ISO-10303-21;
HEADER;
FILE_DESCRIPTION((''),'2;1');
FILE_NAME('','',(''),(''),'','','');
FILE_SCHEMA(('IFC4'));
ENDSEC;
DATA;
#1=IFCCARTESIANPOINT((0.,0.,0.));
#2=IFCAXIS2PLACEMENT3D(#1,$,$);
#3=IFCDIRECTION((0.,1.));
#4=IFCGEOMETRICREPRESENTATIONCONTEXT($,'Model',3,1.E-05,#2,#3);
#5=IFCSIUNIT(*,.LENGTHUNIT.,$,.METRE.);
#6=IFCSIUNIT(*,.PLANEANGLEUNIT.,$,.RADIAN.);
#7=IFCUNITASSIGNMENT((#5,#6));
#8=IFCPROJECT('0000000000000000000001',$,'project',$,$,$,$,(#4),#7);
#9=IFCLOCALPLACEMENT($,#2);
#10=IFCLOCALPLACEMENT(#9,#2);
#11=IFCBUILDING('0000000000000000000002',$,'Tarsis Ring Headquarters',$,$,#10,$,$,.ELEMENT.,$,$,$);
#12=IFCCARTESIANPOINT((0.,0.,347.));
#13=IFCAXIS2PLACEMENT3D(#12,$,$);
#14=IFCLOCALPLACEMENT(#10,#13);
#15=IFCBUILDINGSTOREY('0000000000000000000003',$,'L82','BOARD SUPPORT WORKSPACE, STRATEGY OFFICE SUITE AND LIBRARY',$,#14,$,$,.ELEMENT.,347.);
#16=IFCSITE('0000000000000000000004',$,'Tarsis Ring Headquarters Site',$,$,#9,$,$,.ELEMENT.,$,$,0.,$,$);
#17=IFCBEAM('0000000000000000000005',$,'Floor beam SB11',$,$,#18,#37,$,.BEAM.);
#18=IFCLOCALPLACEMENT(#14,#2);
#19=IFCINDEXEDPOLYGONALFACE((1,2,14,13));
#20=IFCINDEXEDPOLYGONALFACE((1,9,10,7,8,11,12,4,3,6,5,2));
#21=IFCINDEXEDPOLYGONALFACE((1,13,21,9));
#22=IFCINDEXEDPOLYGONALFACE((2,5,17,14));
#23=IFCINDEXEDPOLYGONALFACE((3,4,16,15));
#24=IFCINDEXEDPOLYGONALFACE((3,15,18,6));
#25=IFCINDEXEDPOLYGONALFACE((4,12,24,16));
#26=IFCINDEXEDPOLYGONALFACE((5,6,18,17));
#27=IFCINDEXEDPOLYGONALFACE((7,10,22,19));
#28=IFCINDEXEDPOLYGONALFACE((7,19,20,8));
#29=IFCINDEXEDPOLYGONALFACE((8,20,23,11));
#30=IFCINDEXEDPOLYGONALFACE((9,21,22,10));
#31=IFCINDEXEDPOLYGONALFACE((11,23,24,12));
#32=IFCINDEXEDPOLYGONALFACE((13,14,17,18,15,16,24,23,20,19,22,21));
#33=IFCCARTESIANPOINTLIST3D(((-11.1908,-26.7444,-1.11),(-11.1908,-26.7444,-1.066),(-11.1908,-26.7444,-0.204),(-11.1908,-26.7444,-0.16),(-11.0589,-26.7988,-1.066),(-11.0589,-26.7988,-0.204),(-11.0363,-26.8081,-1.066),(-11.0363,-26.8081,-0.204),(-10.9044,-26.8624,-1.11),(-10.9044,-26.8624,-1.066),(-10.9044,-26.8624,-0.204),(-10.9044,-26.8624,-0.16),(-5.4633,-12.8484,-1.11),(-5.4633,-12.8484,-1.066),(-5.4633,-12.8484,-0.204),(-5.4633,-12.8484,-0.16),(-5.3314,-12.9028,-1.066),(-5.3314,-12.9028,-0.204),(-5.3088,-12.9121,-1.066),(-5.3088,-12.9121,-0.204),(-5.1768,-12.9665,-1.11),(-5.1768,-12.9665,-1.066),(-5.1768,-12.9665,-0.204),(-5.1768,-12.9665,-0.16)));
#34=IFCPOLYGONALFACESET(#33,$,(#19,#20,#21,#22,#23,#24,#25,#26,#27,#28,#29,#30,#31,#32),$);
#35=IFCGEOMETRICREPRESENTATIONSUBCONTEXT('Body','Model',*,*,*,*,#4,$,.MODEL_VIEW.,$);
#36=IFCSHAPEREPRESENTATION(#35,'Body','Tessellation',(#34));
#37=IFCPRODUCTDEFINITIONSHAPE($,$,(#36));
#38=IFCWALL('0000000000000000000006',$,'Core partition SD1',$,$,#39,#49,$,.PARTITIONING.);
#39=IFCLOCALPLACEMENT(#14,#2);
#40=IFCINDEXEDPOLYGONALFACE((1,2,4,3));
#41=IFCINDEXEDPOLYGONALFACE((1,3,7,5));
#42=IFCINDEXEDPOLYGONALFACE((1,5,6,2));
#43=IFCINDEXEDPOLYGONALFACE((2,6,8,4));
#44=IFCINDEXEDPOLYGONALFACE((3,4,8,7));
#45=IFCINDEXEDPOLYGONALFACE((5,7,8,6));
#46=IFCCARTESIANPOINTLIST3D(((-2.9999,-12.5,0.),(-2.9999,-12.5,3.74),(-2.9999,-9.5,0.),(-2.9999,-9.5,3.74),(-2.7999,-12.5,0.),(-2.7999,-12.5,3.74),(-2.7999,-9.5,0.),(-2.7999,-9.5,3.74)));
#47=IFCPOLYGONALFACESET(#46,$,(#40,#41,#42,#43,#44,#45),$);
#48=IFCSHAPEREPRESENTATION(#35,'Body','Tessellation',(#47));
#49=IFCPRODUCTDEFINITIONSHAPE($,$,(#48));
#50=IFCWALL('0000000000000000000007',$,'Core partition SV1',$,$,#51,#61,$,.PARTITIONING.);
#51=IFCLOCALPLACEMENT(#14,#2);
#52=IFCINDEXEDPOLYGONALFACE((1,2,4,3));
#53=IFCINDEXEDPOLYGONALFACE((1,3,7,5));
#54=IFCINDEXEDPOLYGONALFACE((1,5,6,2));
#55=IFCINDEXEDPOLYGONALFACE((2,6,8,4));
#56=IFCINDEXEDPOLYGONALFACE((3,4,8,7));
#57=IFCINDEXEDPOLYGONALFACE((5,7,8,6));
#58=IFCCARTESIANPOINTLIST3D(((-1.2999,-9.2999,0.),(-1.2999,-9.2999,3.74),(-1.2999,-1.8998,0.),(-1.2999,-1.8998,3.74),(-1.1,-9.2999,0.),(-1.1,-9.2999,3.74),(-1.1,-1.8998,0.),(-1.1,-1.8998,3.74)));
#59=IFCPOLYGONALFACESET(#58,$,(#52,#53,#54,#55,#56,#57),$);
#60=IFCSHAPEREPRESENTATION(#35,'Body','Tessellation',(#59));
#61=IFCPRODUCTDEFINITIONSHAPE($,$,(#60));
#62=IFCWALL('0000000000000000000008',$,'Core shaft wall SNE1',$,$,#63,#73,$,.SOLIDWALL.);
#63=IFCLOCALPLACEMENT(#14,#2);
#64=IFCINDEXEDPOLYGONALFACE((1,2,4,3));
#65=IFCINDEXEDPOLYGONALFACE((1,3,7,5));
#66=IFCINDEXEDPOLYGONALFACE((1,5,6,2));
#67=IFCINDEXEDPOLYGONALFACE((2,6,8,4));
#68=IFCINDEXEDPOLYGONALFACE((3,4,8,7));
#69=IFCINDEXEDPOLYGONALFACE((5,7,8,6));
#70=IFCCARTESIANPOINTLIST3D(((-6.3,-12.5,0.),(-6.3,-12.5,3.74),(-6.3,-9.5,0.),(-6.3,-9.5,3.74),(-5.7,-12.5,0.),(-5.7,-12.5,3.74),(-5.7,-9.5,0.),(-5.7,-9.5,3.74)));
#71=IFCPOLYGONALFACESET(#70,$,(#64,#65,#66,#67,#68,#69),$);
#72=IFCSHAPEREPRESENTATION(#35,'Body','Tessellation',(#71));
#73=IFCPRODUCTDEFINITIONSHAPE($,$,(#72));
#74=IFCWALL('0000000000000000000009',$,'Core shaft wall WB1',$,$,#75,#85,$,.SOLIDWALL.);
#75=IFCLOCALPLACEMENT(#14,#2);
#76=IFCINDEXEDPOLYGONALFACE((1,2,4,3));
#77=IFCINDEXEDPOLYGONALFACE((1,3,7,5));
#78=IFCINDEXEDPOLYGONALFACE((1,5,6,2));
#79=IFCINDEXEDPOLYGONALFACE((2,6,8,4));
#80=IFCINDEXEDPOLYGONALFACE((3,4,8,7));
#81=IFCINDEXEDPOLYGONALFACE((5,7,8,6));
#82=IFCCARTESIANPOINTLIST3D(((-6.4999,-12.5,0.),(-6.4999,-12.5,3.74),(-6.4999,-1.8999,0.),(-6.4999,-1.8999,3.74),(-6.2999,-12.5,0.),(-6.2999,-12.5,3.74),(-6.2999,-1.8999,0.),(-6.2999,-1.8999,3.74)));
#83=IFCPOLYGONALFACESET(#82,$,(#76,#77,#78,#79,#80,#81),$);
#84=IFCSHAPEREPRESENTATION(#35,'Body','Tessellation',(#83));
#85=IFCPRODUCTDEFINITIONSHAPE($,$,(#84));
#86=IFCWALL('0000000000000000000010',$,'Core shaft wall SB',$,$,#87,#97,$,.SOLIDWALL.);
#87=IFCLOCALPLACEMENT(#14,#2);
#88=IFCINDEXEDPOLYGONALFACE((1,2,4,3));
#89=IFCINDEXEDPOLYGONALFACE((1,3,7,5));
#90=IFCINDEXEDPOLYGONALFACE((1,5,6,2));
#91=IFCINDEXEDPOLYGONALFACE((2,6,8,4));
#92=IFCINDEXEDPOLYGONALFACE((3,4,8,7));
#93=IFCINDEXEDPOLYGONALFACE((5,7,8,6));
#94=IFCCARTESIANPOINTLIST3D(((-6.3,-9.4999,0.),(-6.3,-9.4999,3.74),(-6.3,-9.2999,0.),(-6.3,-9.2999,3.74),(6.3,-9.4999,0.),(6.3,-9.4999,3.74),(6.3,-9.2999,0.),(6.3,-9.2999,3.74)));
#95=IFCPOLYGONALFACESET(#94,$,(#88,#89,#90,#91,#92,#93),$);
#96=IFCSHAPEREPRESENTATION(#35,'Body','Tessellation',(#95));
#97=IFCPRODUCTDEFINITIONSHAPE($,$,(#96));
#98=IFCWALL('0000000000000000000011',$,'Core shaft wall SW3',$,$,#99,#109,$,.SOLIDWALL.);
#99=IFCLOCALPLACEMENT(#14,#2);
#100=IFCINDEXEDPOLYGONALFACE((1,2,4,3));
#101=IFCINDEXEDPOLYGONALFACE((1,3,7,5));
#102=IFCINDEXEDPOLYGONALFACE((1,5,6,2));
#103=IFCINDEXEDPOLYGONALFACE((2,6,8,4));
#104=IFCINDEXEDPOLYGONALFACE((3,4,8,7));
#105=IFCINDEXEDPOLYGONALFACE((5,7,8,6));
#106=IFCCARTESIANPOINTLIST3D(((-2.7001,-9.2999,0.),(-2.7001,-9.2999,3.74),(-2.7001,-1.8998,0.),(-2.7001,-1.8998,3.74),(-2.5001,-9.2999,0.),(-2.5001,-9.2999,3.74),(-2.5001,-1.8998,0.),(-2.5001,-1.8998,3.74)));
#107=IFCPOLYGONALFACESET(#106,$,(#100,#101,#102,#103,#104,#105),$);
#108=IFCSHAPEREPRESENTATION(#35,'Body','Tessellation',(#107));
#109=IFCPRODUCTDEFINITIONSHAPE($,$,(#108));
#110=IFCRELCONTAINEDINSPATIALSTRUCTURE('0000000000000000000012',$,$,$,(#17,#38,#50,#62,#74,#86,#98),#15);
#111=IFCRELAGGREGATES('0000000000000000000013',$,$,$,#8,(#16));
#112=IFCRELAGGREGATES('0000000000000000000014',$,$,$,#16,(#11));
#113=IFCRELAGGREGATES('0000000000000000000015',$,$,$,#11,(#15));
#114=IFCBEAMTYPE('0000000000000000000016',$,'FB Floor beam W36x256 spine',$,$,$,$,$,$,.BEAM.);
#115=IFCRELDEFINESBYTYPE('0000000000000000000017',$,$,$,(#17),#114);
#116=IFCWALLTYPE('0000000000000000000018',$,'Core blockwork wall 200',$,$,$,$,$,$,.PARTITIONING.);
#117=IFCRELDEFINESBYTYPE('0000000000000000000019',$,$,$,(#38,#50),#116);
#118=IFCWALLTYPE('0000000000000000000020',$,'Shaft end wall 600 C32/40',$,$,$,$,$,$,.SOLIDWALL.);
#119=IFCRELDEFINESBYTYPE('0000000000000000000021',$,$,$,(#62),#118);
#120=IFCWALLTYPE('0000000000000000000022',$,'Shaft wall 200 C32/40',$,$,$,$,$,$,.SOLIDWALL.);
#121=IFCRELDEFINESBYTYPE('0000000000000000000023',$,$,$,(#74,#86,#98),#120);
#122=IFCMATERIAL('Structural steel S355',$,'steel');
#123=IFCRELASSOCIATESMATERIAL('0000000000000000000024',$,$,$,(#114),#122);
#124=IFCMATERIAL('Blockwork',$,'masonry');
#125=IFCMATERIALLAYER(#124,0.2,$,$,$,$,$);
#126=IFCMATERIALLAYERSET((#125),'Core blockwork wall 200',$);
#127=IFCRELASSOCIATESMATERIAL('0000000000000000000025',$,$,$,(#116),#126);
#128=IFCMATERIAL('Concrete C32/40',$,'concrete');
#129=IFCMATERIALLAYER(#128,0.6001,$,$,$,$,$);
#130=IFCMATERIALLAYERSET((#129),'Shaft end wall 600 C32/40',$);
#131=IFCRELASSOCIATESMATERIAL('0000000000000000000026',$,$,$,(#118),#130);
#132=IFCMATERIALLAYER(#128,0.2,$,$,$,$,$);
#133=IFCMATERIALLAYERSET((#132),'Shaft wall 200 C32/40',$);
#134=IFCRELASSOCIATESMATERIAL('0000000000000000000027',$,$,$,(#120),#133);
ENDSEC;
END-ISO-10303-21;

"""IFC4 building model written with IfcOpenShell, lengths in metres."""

from ifc_helpers import new_model, si_unit, direction, frame, frame_2d, origin, origin_2d, place, context, subcontext, project, spatial, rectangle, i_section, extrude, material, layer, layer_set, material_profile, profile_set, type_object, element, save


model = new_model("IFC4")

# Units and contexts
model_context = context("Model", 3, precision=1e-05, world=origin(), true_north=direction((0.0, 1.0)))
body_context = subcontext(model_context, "Body", "Model", "MODEL_VIEW")
ifc_project = project(units=[si_unit("LENGTHUNIT", "METRE"), si_unit("PLANEANGLEUNIT", "RADIAN")], contexts=[model_context])

# Site, building, storey
site_placement = place(None, origin())
site = spatial("IfcSite", under=ifc_project, at=site_placement, Name="Tarsis Ring Headquarters Site", CompositionType="ELEMENT", RefElevation=0.0)
building_placement = place(site_placement, origin())
building = spatial("IfcBuilding", under=site, at=building_placement, Name="Tarsis Ring Headquarters", CompositionType="ELEMENT")
storey_placement = place(building_placement, frame((0.0, 0.0, 347.0)))
storey = spatial("IfcBuildingStorey", under=building, at=storey_placement, Name="L82", Description="BOARD SUPPORT WORKSPACE, STRATEGY OFFICE SUITE AND LIBRARY", CompositionType="ELEMENT", Elevation=347.0)

# Beam
ifc_material_1 = material(Name="Structural steel S355", Category="steel")
ifc_material_profile = material_profile(ifc_material_1, i_section(OverallWidth=0.3098, OverallDepth=0.95, WebThickness=0.0244, FlangeThickness=0.0439, at=origin_2d()), Name="W36x256")
ifc_profile_set = profile_set([ifc_material_profile], Name="Structural steel S355")
beam_type = type_object("IfcBeamType", Name="FB Floor beam W36x256 spine", PredefinedType="BEAM", material=ifc_profile_set)
beam_placement = place(storey_placement, frame((-5.3201, -12.9075, -0.635), z_axis=(-0.381072, -0.924545, 0.0), x_axis=(0.924545, -0.381072, 0.0)))
element("IfcBeam", 1, at=beam_placement, inside=storey, type_object=beam_type, Name="Floor beam SB11", PredefinedType="BEAM", context=body_context, shape_type="SweptSolid", body=[
    extrude(i_section(OverallWidth=0.3098, OverallDepth=0.95, WebThickness=0.0244, FlangeThickness=0.0439, at=origin_2d()), origin(), (0.0, 0.0, 1.0), 15.03),
])

# Walls
ifc_material_2 = material(Name="Blockwork", Category="masonry")
ifc_layer_1 = layer(ifc_material_2, 0.2)
ifc_layer_set_1 = layer_set([ifc_layer_1], Name="Core blockwork wall 200")
wall_type_1 = type_object("IfcWallType", Name="Core blockwork wall 200", PredefinedType="PARTITIONING", material=ifc_layer_set_1)
wall_1_placement = place(storey_placement, frame((-2.8999, -12.5, 0.0), z_axis=(0.0, 0.0, 1.0), x_axis=(0.0, 1.0, 0.0)))
element("IfcWall", 2, at=wall_1_placement, inside=storey, type_object=wall_type_1, Name="Core partition SD1", PredefinedType="PARTITIONING", context=body_context, shape_type="SweptSolid", body=[
    extrude(rectangle(XDim=3.0, YDim=0.2, at=frame_2d((1.5, 0.0))), origin(), (0.0, 0.0, 1.0), 3.74),
])
wall_2_placement = place(storey_placement, frame((-1.2, -9.3, 0.0), z_axis=(0.0, 0.0, 1.0), x_axis=(0.0, 1.0, 0.0)))
element("IfcWall", 3, at=wall_2_placement, inside=storey, type_object=wall_type_1, Name="Core partition SV1", PredefinedType="PARTITIONING", context=body_context, shape_type="SweptSolid", body=[
    extrude(rectangle(XDim=7.4001, YDim=0.2, at=frame_2d((3.7002, 0.0))), origin(), (0.0, 0.0, 1.0), 3.74),
])
ifc_material_3 = material(Name="Concrete C32/40", Category="concrete")
ifc_layer_2 = layer(ifc_material_3, 0.6001)
ifc_layer_set_2 = layer_set([ifc_layer_2], Name="Shaft end wall 600 C32/40")
wall_type_2 = type_object("IfcWallType", Name="Shaft end wall 600 C32/40", PredefinedType="SOLIDWALL", material=ifc_layer_set_2)
wall_3_placement = place(storey_placement, frame((-6.0, -12.5, 0.0), z_axis=(0.0, 0.0, 1.0), x_axis=(0.0, 1.0, 0.0)))
element("IfcWall", 4, at=wall_3_placement, inside=storey, type_object=wall_type_2, Name="Core shaft wall SNE1", PredefinedType="SOLIDWALL", context=body_context, shape_type="SweptSolid", body=[
    extrude(rectangle(XDim=3.0, YDim=0.6001, at=frame_2d((1.5, 0.0))), origin(), (0.0, 0.0, 1.0), 3.74),
])
ifc_layer_3 = layer(ifc_material_3, 0.2)
ifc_layer_set_3 = layer_set([ifc_layer_3], Name="Shaft wall 200 C32/40")
wall_type_3 = type_object("IfcWallType", Name="Shaft wall 200 C32/40", PredefinedType="SOLIDWALL", material=ifc_layer_set_3)
wall_4_placement = place(storey_placement, frame((-6.3999, -12.5, 0.0), z_axis=(0.0, 0.0, 1.0), x_axis=(0.0, 1.0, 0.0)))
element("IfcWall", 5, at=wall_4_placement, inside=storey, type_object=wall_type_3, Name="Core shaft wall WB1", PredefinedType="SOLIDWALL", context=body_context, shape_type="SweptSolid", body=[
    extrude(rectangle(XDim=10.6001, YDim=0.2, at=frame_2d((5.3, 0.0))), origin(), (0.0, 0.0, 1.0), 3.74),
])
wall_5_placement = place(storey_placement, frame((-6.3, -9.3999, 0.0), z_axis=(0.0, 0.0, 1.0), x_axis=(1.0, 0.0, 0.0)))
element("IfcWall", 6, at=wall_5_placement, inside=storey, type_object=wall_type_3, Name="Core shaft wall SB", PredefinedType="SOLIDWALL", context=body_context, shape_type="SweptSolid", body=[
    extrude(rectangle(XDim=12.6001, YDim=0.2, at=frame_2d((6.3, 0.0))), origin(), (0.0, 0.0, 1.0), 3.74),
])
wall_6_placement = place(storey_placement, frame((-2.6001, -9.3, 0.0), z_axis=(0.0, 0.0, 1.0), x_axis=(0.0, 1.0, 0.0)))
element("IfcWall", 7, at=wall_6_placement, inside=storey, type_object=wall_type_3, Name="Core shaft wall SW3", PredefinedType="SOLIDWALL", context=body_context, shape_type="SweptSolid", body=[
    extrude(rectangle(XDim=7.4001, YDim=0.2, at=frame_2d((3.7002, 0.0))), origin(), (0.0, 0.0, 1.0), 3.74),
])

save(model, "model.ifc")
